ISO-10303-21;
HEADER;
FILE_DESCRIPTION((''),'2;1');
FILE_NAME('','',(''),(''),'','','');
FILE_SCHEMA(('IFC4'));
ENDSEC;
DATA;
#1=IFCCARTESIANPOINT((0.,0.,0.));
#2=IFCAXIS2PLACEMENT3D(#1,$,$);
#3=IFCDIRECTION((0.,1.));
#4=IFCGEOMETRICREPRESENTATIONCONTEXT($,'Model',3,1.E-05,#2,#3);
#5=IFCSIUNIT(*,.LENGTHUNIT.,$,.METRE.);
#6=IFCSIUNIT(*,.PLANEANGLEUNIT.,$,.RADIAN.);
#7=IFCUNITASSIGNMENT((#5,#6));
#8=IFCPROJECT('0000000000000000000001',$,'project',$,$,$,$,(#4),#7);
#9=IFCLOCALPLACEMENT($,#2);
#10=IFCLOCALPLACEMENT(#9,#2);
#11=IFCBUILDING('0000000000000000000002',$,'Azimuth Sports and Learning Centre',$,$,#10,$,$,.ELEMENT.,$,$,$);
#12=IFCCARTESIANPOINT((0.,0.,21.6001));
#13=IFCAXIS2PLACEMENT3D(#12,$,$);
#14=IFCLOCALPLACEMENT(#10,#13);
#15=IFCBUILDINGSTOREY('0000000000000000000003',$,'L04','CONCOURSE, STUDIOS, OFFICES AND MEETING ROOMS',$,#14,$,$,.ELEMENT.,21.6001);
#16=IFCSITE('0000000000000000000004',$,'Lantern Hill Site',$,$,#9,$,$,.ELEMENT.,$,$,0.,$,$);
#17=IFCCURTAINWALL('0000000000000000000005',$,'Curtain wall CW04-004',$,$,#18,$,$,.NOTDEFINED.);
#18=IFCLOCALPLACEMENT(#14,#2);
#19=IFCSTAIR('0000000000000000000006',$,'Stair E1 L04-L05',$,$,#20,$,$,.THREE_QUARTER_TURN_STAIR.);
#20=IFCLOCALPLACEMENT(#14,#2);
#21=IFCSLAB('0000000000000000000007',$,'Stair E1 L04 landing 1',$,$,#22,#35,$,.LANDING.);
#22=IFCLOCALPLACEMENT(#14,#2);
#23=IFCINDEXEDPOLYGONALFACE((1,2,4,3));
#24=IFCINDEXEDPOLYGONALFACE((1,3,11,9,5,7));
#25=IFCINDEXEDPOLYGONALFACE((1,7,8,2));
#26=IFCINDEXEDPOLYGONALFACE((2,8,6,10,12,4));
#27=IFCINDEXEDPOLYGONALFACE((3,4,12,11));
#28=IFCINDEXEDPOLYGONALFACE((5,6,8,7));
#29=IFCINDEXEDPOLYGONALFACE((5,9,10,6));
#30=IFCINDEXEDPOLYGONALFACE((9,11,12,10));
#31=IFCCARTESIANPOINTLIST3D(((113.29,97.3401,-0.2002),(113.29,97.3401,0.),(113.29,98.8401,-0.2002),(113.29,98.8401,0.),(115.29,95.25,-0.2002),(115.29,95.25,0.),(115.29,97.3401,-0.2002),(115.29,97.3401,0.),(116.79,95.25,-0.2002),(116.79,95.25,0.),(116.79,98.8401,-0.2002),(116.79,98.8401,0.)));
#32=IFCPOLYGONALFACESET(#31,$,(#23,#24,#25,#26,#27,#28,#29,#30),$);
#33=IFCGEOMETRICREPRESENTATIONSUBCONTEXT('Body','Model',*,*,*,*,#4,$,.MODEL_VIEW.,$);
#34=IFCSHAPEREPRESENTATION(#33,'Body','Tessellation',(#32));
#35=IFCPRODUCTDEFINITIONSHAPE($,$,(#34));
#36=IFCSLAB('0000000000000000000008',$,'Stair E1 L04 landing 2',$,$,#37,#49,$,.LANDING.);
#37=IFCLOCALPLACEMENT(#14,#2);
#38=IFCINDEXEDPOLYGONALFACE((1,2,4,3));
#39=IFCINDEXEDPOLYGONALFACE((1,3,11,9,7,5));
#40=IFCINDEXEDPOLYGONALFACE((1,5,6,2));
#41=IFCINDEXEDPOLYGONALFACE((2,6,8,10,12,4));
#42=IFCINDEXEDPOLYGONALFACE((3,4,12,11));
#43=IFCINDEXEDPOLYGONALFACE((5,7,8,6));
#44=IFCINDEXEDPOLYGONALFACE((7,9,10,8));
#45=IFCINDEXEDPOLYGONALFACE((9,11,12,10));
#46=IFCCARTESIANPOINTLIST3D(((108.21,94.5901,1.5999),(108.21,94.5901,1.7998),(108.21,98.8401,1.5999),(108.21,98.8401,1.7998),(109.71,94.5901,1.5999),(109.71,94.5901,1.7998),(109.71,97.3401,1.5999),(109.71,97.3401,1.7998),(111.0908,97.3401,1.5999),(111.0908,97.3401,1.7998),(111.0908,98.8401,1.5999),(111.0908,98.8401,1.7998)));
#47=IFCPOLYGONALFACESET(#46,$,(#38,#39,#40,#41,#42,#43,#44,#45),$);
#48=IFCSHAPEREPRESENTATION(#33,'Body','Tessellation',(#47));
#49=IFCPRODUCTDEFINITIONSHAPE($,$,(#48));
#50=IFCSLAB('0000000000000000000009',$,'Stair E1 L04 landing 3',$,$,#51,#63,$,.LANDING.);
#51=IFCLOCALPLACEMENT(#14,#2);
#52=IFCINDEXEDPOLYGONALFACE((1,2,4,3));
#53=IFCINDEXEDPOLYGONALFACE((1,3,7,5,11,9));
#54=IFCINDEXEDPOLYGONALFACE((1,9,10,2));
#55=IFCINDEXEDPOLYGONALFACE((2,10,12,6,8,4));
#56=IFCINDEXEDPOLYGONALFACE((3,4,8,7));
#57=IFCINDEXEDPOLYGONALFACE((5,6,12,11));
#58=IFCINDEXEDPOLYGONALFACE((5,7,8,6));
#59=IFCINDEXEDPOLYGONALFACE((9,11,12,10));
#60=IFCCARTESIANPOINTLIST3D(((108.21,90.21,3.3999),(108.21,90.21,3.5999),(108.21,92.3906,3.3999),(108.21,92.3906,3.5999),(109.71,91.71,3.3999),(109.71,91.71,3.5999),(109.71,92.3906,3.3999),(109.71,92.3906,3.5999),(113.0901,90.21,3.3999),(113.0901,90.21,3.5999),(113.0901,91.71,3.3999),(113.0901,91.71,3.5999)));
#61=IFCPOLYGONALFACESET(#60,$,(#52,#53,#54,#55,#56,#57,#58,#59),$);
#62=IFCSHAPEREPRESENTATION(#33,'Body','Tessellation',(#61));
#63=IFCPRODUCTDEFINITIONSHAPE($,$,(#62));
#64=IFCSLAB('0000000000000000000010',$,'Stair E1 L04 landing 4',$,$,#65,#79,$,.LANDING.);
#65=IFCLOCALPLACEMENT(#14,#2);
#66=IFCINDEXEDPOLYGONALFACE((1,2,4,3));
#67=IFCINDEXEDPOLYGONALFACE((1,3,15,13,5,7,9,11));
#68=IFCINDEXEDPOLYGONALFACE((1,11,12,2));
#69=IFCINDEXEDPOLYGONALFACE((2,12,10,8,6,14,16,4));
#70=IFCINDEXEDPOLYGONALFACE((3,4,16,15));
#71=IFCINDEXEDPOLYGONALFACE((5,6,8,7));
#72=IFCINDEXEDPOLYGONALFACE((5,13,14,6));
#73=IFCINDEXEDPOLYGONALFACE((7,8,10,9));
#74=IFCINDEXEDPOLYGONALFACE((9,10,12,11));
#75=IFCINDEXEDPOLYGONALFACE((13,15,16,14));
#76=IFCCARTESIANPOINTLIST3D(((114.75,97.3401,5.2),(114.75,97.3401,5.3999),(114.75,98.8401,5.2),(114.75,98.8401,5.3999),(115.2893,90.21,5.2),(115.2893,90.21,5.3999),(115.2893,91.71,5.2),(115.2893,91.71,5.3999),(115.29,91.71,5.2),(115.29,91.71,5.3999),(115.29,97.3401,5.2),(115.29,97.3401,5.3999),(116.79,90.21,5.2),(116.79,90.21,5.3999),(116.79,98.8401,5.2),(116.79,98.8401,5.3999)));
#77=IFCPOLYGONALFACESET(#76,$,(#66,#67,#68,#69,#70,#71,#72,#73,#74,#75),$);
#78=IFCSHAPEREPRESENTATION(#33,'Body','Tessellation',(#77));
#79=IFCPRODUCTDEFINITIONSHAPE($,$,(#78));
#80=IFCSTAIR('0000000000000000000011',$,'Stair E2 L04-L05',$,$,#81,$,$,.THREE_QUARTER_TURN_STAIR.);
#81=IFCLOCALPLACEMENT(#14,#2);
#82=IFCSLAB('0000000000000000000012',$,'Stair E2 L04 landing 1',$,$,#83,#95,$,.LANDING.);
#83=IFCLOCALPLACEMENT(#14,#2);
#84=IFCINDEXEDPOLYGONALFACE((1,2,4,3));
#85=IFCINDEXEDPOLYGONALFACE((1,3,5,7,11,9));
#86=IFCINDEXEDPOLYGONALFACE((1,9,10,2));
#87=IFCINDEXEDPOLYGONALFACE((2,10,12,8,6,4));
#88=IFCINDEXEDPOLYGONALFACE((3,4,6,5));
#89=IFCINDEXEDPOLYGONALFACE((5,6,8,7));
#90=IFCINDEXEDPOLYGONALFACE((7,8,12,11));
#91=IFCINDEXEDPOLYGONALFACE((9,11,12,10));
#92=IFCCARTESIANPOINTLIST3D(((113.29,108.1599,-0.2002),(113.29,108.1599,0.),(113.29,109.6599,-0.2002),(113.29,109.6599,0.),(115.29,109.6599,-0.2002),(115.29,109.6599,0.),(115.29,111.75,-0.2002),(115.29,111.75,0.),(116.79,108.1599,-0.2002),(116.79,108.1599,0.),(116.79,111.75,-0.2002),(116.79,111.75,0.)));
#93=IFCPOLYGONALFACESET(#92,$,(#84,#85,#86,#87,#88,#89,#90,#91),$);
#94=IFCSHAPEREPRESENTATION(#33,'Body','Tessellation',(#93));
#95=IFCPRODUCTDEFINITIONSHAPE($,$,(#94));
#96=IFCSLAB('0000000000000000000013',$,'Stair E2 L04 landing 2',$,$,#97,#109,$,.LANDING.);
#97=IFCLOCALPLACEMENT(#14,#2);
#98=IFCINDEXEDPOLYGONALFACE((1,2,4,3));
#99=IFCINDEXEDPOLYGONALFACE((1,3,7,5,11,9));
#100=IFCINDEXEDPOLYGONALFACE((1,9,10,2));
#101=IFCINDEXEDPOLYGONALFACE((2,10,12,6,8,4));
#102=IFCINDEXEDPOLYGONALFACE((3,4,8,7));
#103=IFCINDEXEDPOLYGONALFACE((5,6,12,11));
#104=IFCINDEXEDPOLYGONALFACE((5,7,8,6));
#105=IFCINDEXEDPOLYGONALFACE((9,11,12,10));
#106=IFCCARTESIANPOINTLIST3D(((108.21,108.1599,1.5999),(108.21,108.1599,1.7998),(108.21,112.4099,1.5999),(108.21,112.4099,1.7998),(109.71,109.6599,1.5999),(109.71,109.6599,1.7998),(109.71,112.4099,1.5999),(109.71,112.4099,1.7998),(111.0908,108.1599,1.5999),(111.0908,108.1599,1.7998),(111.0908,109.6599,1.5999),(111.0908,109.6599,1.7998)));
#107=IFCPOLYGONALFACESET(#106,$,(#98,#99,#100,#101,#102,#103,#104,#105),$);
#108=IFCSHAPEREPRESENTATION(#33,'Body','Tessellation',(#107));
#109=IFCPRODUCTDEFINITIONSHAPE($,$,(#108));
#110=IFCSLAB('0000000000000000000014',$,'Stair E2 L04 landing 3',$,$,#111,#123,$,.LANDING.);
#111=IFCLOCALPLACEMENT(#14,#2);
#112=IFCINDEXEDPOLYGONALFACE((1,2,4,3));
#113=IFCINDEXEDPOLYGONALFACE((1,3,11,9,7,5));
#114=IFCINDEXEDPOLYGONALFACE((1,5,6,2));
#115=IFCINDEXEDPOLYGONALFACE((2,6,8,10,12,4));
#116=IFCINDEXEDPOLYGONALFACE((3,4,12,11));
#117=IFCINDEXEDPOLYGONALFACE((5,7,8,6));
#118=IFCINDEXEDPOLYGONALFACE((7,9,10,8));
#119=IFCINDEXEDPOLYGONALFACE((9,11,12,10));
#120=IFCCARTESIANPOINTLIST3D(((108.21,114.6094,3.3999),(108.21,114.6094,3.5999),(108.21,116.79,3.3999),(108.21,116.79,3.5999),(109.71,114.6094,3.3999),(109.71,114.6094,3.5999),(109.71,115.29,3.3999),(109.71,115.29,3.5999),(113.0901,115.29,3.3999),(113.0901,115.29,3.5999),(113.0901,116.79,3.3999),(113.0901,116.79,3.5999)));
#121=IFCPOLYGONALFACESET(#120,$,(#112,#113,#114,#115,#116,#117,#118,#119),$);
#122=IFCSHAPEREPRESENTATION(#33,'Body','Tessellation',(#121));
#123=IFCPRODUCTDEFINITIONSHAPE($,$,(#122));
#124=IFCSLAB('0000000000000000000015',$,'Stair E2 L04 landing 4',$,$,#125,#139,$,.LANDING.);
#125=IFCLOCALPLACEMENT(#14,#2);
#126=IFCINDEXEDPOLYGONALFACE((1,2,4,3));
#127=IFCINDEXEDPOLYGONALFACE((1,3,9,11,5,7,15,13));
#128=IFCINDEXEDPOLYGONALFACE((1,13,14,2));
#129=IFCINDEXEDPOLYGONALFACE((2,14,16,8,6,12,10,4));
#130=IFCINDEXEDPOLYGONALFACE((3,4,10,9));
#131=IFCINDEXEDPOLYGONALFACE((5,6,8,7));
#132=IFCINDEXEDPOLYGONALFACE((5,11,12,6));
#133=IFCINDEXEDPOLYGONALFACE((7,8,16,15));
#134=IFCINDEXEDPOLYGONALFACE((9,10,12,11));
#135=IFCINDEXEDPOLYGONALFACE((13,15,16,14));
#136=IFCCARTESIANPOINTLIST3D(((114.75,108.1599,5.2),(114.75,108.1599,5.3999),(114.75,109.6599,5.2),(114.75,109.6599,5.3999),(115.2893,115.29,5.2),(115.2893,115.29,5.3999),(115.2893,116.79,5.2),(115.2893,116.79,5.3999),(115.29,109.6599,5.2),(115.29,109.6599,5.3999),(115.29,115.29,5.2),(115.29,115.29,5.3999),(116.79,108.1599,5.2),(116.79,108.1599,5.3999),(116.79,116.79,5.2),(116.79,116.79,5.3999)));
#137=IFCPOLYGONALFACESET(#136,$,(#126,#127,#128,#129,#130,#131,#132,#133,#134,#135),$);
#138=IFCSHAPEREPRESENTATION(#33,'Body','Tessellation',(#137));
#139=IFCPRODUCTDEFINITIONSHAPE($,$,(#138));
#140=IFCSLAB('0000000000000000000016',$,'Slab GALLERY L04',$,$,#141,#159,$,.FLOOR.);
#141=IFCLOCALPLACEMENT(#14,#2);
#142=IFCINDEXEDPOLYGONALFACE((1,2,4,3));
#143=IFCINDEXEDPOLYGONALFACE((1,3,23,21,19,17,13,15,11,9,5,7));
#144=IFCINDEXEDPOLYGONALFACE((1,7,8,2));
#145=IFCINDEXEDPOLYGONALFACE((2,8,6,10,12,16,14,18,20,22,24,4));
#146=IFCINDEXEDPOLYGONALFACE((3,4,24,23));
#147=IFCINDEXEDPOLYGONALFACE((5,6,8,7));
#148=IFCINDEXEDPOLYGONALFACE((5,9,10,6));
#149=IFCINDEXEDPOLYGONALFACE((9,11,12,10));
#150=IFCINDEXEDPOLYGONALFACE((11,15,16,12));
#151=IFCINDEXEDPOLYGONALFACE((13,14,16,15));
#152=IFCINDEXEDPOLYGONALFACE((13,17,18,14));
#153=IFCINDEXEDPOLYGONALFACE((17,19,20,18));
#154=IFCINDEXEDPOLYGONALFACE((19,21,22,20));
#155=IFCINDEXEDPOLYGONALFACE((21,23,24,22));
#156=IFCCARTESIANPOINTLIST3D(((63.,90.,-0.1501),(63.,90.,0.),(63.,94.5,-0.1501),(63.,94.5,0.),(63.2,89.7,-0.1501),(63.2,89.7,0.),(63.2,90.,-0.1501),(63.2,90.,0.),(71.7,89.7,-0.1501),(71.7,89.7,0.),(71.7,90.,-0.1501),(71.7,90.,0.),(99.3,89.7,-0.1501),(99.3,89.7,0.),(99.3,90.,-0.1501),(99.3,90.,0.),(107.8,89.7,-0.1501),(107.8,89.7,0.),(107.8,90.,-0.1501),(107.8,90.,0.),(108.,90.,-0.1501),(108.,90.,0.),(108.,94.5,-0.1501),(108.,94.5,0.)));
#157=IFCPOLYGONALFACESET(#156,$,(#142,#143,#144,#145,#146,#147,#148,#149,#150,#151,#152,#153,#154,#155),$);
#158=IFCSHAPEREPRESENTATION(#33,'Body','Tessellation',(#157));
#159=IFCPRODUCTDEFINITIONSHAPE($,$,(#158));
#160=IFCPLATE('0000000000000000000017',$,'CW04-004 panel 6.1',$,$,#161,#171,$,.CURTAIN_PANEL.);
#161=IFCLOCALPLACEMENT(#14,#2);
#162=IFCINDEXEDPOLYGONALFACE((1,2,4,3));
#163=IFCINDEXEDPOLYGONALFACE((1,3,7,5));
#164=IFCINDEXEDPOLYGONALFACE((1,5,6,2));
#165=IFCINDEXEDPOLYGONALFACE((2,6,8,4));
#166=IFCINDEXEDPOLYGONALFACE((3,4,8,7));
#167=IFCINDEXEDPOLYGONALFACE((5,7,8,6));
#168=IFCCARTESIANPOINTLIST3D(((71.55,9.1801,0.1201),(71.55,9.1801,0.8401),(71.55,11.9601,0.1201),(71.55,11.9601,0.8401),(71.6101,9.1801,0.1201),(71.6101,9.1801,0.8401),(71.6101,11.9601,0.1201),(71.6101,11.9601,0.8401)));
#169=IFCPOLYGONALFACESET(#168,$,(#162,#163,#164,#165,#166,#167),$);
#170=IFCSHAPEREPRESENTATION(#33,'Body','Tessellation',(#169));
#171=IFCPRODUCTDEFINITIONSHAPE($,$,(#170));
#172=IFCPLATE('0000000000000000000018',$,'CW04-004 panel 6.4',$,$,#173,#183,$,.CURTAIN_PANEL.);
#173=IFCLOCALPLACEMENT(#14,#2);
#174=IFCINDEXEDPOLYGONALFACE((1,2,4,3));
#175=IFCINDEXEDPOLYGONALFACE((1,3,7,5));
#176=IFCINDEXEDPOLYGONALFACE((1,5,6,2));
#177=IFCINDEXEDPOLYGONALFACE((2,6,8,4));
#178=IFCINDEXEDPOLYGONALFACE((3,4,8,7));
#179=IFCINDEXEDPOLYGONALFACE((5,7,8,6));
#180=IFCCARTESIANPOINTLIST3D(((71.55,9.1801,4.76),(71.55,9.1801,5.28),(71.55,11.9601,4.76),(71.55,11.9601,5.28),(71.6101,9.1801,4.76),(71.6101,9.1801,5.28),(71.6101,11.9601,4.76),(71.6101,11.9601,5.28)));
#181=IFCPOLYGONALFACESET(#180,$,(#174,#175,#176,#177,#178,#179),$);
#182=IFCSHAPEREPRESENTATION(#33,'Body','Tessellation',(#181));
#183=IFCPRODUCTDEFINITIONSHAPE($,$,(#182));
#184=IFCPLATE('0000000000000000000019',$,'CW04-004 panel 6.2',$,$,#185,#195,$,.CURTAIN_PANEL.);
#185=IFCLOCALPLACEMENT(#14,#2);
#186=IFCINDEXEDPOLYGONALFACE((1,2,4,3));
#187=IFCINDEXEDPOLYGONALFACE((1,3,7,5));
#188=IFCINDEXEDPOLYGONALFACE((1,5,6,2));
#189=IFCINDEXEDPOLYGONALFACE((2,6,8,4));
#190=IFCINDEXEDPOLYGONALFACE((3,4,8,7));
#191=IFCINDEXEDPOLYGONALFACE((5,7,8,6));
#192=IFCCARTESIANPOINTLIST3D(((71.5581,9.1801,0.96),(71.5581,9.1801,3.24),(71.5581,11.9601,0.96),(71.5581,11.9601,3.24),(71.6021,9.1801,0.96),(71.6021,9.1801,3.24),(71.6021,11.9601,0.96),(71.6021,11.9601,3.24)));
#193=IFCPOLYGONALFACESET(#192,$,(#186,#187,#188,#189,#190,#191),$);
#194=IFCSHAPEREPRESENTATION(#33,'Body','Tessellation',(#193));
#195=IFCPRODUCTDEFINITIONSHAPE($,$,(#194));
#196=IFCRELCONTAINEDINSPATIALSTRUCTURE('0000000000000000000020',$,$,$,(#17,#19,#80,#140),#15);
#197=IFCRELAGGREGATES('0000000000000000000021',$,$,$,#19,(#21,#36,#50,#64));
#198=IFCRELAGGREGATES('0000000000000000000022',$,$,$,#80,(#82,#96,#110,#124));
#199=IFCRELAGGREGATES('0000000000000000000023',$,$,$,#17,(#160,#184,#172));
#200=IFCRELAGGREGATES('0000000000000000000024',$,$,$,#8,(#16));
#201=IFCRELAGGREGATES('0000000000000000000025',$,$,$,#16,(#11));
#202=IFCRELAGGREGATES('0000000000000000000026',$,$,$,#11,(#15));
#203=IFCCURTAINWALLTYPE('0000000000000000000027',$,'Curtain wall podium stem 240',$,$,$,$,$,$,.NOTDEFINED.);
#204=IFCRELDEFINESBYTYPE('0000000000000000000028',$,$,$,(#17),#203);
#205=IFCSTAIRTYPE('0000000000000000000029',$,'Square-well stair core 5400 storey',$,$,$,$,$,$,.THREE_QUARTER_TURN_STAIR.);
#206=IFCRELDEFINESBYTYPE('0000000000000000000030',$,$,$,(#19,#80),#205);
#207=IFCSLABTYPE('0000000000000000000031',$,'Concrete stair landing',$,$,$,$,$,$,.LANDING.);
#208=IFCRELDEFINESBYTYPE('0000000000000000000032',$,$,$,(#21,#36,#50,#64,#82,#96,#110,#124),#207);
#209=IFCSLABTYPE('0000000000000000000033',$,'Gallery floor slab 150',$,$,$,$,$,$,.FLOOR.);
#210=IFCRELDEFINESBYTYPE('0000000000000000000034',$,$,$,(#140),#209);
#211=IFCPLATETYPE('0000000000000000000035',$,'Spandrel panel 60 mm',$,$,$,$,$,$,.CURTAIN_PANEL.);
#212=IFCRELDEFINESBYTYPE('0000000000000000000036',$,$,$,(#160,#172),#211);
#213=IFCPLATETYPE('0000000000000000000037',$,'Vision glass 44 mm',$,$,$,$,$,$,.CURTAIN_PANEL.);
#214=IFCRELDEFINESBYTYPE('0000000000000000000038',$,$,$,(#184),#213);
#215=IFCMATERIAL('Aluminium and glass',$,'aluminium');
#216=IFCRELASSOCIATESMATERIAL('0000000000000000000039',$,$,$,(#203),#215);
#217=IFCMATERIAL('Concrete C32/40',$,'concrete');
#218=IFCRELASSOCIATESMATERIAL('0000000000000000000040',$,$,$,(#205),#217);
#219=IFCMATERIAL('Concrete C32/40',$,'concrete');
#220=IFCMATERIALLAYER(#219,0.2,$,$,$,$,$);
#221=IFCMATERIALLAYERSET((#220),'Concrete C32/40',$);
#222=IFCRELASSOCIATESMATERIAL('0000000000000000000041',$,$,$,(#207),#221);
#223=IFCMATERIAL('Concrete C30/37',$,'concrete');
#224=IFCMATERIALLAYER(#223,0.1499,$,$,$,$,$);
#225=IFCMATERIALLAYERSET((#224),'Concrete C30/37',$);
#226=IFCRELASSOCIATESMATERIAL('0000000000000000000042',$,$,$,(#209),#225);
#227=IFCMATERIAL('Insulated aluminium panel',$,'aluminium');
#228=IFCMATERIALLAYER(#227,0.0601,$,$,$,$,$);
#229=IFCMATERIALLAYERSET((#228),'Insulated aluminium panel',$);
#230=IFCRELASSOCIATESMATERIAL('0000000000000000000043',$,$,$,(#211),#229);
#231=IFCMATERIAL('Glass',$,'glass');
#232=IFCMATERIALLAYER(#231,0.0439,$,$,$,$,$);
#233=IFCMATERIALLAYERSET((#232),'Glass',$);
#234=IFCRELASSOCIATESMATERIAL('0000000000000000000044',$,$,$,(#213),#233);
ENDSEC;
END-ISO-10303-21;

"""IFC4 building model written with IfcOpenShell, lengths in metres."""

from ifc_helpers import new_model, si_unit, direction, frame, origin, origin_2d, place, context, subcontext, project, spatial, polyline, rectangle, outline, extrude, material, layer, layer_set, type_object, element, aggregate, save


model = new_model("IFC4")

# Units and contexts
model_context = context("Model", 3, precision=1e-05, world=origin(), true_north=direction((0.0, 1.0)))
body_context = subcontext(model_context, "Body", "Model", "MODEL_VIEW")
ifc_project = project(units=[si_unit("LENGTHUNIT", "METRE"), si_unit("PLANEANGLEUNIT", "RADIAN")], contexts=[model_context])

# Site, building, storey
site_placement = place(None, origin())
site = spatial("IfcSite", under=ifc_project, at=site_placement, Name="Lantern Hill Site", CompositionType="ELEMENT", RefElevation=0.0)
building_placement = place(site_placement, origin())
building = spatial("IfcBuilding", under=site, at=building_placement, Name="Azimuth Sports and Learning Centre", CompositionType="ELEMENT")
storey_placement = place(building_placement, frame((0.0, 0.0, 21.6001)))
storey = spatial("IfcBuildingStorey", under=building, at=storey_placement, Name="L04", Description="CONCOURSE, STUDIOS, OFFICES AND MEETING ROOMS", CompositionType="ELEMENT", Elevation=21.6001)

# Curtain wall
ifc_material_1 = material(Name="Aluminium and glass", Category="aluminium")
curtain_wall_type = type_object("IfcCurtainWallType", Name="Curtain wall podium stem 240", PredefinedType="NOTDEFINED", material=ifc_material_1)
curtain_wall_placement = place(storey_placement, origin())
curtain_wall = element("IfcCurtainWall", 1, at=curtain_wall_placement, inside=storey, type_object=curtain_wall_type, Name="Curtain wall CW04-004", PredefinedType="NOTDEFINED")

# Stairs, slabs
ifc_material_2 = material(Name="Concrete C32/40", Category="concrete")
stair_type = type_object("IfcStairType", Name="Square-well stair core 5400 storey", PredefinedType="THREE_QUARTER_TURN_STAIR", material=ifc_material_2)
ifc_material_3 = material(Name="Concrete C32/40", Category="concrete")
ifc_layer_1 = layer(ifc_material_3, 0.2)
ifc_layer_set_1 = layer_set([ifc_layer_1], Name="Concrete C32/40")
slab_type_1 = type_object("IfcSlabType", Name="Concrete stair landing", PredefinedType="LANDING", material=ifc_layer_set_1)
stair_1_placement = place(storey_placement, origin())
stair_1 = element("IfcStair", 2, at=stair_1_placement, inside=storey, type_object=stair_type, Name="Stair E1 L04-L05", PredefinedType="THREE_QUARTER_TURN_STAIR")
slab_1_placement = place(storey_placement, frame((0.0, 0.0, -0.2002)))
slab_1 = element("IfcSlab", 3, at=slab_1_placement, type_object=slab_type_1, Name="Stair E1 L04 landing 1", PredefinedType="LANDING", context=body_context, shape_type="SweptSolid", body=[
    extrude(outline(polyline([(113.29, 97.3401), (115.29, 97.3401), (115.29, 95.25), (116.79, 95.25), (116.79, 98.8401), (113.29, 98.8401), (113.29, 97.3401)])), origin(), (0.0, 0.0, 1.0), 0.2002),
])
slab_2_placement = place(storey_placement, frame((0.0, 0.0, 1.5999)))
slab_2 = element("IfcSlab", 4, at=slab_2_placement, type_object=slab_type_1, Name="Stair E1 L04 landing 2", PredefinedType="LANDING", context=body_context, shape_type="SweptSolid", body=[
    extrude(outline(polyline([(109.71, 97.3401), (111.0908, 97.3401), (111.0908, 98.8401), (108.21, 98.8401), (108.21, 94.5901), (109.71, 94.5901), (109.71, 97.3401)])), origin(), (0.0, 0.0, 1.0), 0.2),
])
slab_3_placement = place(storey_placement, frame((0.0, 0.0, 3.3999)))
slab_3 = element("IfcSlab", 5, at=slab_3_placement, type_object=slab_type_1, Name="Stair E1 L04 landing 3", PredefinedType="LANDING", context=body_context, shape_type="SweptSolid", body=[
    extrude(outline(polyline([(109.71, 91.71), (109.71, 92.3906), (108.21, 92.3906), (108.21, 90.21), (113.0901, 90.21), (113.0901, 91.71), (109.71, 91.71)])), origin(), (0.0, 0.0, 1.0), 0.2),
])
slab_4_placement = place(storey_placement, frame((0.0, 0.0, 5.2)))
slab_4 = element("IfcSlab", 6, at=slab_4_placement, type_object=slab_type_1, Name="Stair E1 L04 landing 4", PredefinedType="LANDING", context=body_context, shape_type="SweptSolid", body=[
    extrude(outline(polyline([(115.29, 91.71), (115.2893, 91.71), (115.2893, 90.21), (116.79, 90.21), (116.79, 98.8401), (114.75, 98.8401), (114.75, 97.3401), (115.29, 97.3401), (115.29, 91.71)])), origin(), (0.0, 0.0, 1.0), 0.2),
])
aggregate(stair_1, [slab_1, slab_2, slab_3, slab_4])
stair_2_placement = place(storey_placement, origin())
stair_2 = element("IfcStair", 7, at=stair_2_placement, inside=storey, type_object=stair_type, Name="Stair E2 L04-L05", PredefinedType="THREE_QUARTER_TURN_STAIR")
slab_5_placement = place(storey_placement, frame((0.0, 0.0, -0.2002)))
slab_5 = element("IfcSlab", 8, at=slab_5_placement, type_object=slab_type_1, Name="Stair E2 L04 landing 1", PredefinedType="LANDING", context=body_context, shape_type="SweptSolid", body=[
    extrude(outline(polyline([(116.79, 108.1599), (116.79, 111.75), (115.29, 111.75), (115.29, 109.6599), (113.29, 109.6599), (113.29, 108.1599), (116.79, 108.1599)])), origin(), (0.0, 0.0, 1.0), 0.2002),
])
slab_6_placement = place(storey_placement, frame((0.0, 0.0, 1.5999)))
slab_6 = element("IfcSlab", 9, at=slab_6_placement, type_object=slab_type_1, Name="Stair E2 L04 landing 2", PredefinedType="LANDING", context=body_context, shape_type="SweptSolid", body=[
    extrude(outline(polyline([(109.71, 109.6599), (109.71, 112.4099), (108.21, 112.4099), (108.21, 108.1599), (111.0908, 108.1599), (111.0908, 109.6599), (109.71, 109.6599)])), origin(), (0.0, 0.0, 1.0), 0.2),
])
slab_7_placement = place(storey_placement, frame((0.0, 0.0, 3.3999)))
slab_7 = element("IfcSlab", 10, at=slab_7_placement, type_object=slab_type_1, Name="Stair E2 L04 landing 3", PredefinedType="LANDING", context=body_context, shape_type="SweptSolid", body=[
    extrude(outline(polyline([(109.71, 115.29), (113.0901, 115.29), (113.0901, 116.79), (108.21, 116.79), (108.21, 114.6094), (109.71, 114.6094), (109.71, 115.29)])), origin(), (0.0, 0.0, 1.0), 0.2),
])
slab_8_placement = place(storey_placement, frame((0.0, 0.0, 5.2)))
slab_8 = element("IfcSlab", 11, at=slab_8_placement, type_object=slab_type_1, Name="Stair E2 L04 landing 4", PredefinedType="LANDING", context=body_context, shape_type="SweptSolid", body=[
    extrude(outline(polyline([(115.29, 115.29), (115.29, 109.6599), (114.75, 109.6599), (114.75, 108.1599), (116.79, 108.1599), (116.79, 116.79), (115.2893, 116.79), (115.2893, 115.29), (115.29, 115.29)])), origin(), (0.0, 0.0, 1.0), 0.2),
])
aggregate(stair_2, [slab_5, slab_6, slab_7, slab_8])

# Slab
ifc_material_4 = material(Name="Concrete C30/37", Category="concrete")
ifc_layer_2 = layer(ifc_material_4, 0.1499)
ifc_layer_set_2 = layer_set([ifc_layer_2], Name="Concrete C30/37")
slab_type_2 = type_object("IfcSlabType", Name="Gallery floor slab 150", PredefinedType="FLOOR", material=ifc_layer_set_2)
slab_9_placement = place(storey_placement, frame((0.0, 0.0, -0.1501)))
element("IfcSlab", 12, at=slab_9_placement, inside=storey, type_object=slab_type_2, Name="Slab GALLERY L04", PredefinedType="FLOOR", context=body_context, shape_type="SweptSolid", body=[
    extrude(outline(polyline([(63.2, 89.7), (71.7, 89.7), (71.7, 90.0), (99.3, 90.0), (99.3, 89.7), (107.8, 89.7), (107.8, 90.0), (108.0, 90.0), (108.0, 94.5), (63.0, 94.5), (63.0, 90.0), (63.2, 90.0), (63.2, 89.7)])), origin(), (0.0, 0.0, 1.0), 0.1501),
])

# Plates
ifc_material_5 = material(Name="Insulated aluminium panel", Category="aluminium")
ifc_layer_3 = layer(ifc_material_5, 0.0601)
ifc_layer_set_3 = layer_set([ifc_layer_3], Name="Insulated aluminium panel")
plate_type_1 = type_object("IfcPlateType", Name="Spandrel panel 60 mm", PredefinedType="CURTAIN_PANEL", material=ifc_layer_set_3)
plate_1_placement = place(storey_placement, frame((71.5801, 10.5701, 0.1201), z_axis=(0.0, 0.0, 1.0), x_axis=(0.0, -1.0, 0.0)))
plate_1 = element("IfcPlate", 13, at=plate_1_placement, type_object=plate_type_1, Name="CW04-004 panel 6.1", PredefinedType="CURTAIN_PANEL", context=body_context, shape_type="SweptSolid", body=[
    extrude(rectangle(XDim=2.78, YDim=0.0601, at=origin_2d()), origin(), (0.0, 0.0, 1.0), 0.72),
])
plate_2_placement = place(storey_placement, frame((71.5801, 10.5701, 4.76), z_axis=(0.0, 0.0, 1.0), x_axis=(0.0, -1.0, 0.0)))
plate_2 = element("IfcPlate", 14, at=plate_2_placement, type_object=plate_type_1, Name="CW04-004 panel 6.4", PredefinedType="CURTAIN_PANEL", context=body_context, shape_type="SweptSolid", body=[
    extrude(rectangle(XDim=2.78, YDim=0.0601, at=origin_2d()), origin(), (0.0, 0.0, 1.0), 0.52),
])
ifc_material_6 = material(Name="Glass", Category="glass")
ifc_layer_4 = layer(ifc_material_6, 0.0439)
ifc_layer_set_4 = layer_set([ifc_layer_4], Name="Glass")
plate_type_2 = type_object("IfcPlateType", Name="Vision glass 44 mm", PredefinedType="CURTAIN_PANEL", material=ifc_layer_set_4)
plate_3_placement = place(storey_placement, frame((71.5801, 10.5701, 0.96), z_axis=(0.0, 0.0, 1.0), x_axis=(0.0, -1.0, 0.0)))
plate_3 = element("IfcPlate", 15, at=plate_3_placement, type_object=plate_type_2, Name="CW04-004 panel 6.2", PredefinedType="CURTAIN_PANEL", context=body_context, shape_type="SweptSolid", body=[
    extrude(rectangle(XDim=2.78, YDim=0.0439, at=origin_2d()), origin(), (0.0, 0.0, 1.0), 2.28),
])
aggregate(curtain_wall, [plate_1, plate_3, plate_2])

save(model, "model.ifc")
